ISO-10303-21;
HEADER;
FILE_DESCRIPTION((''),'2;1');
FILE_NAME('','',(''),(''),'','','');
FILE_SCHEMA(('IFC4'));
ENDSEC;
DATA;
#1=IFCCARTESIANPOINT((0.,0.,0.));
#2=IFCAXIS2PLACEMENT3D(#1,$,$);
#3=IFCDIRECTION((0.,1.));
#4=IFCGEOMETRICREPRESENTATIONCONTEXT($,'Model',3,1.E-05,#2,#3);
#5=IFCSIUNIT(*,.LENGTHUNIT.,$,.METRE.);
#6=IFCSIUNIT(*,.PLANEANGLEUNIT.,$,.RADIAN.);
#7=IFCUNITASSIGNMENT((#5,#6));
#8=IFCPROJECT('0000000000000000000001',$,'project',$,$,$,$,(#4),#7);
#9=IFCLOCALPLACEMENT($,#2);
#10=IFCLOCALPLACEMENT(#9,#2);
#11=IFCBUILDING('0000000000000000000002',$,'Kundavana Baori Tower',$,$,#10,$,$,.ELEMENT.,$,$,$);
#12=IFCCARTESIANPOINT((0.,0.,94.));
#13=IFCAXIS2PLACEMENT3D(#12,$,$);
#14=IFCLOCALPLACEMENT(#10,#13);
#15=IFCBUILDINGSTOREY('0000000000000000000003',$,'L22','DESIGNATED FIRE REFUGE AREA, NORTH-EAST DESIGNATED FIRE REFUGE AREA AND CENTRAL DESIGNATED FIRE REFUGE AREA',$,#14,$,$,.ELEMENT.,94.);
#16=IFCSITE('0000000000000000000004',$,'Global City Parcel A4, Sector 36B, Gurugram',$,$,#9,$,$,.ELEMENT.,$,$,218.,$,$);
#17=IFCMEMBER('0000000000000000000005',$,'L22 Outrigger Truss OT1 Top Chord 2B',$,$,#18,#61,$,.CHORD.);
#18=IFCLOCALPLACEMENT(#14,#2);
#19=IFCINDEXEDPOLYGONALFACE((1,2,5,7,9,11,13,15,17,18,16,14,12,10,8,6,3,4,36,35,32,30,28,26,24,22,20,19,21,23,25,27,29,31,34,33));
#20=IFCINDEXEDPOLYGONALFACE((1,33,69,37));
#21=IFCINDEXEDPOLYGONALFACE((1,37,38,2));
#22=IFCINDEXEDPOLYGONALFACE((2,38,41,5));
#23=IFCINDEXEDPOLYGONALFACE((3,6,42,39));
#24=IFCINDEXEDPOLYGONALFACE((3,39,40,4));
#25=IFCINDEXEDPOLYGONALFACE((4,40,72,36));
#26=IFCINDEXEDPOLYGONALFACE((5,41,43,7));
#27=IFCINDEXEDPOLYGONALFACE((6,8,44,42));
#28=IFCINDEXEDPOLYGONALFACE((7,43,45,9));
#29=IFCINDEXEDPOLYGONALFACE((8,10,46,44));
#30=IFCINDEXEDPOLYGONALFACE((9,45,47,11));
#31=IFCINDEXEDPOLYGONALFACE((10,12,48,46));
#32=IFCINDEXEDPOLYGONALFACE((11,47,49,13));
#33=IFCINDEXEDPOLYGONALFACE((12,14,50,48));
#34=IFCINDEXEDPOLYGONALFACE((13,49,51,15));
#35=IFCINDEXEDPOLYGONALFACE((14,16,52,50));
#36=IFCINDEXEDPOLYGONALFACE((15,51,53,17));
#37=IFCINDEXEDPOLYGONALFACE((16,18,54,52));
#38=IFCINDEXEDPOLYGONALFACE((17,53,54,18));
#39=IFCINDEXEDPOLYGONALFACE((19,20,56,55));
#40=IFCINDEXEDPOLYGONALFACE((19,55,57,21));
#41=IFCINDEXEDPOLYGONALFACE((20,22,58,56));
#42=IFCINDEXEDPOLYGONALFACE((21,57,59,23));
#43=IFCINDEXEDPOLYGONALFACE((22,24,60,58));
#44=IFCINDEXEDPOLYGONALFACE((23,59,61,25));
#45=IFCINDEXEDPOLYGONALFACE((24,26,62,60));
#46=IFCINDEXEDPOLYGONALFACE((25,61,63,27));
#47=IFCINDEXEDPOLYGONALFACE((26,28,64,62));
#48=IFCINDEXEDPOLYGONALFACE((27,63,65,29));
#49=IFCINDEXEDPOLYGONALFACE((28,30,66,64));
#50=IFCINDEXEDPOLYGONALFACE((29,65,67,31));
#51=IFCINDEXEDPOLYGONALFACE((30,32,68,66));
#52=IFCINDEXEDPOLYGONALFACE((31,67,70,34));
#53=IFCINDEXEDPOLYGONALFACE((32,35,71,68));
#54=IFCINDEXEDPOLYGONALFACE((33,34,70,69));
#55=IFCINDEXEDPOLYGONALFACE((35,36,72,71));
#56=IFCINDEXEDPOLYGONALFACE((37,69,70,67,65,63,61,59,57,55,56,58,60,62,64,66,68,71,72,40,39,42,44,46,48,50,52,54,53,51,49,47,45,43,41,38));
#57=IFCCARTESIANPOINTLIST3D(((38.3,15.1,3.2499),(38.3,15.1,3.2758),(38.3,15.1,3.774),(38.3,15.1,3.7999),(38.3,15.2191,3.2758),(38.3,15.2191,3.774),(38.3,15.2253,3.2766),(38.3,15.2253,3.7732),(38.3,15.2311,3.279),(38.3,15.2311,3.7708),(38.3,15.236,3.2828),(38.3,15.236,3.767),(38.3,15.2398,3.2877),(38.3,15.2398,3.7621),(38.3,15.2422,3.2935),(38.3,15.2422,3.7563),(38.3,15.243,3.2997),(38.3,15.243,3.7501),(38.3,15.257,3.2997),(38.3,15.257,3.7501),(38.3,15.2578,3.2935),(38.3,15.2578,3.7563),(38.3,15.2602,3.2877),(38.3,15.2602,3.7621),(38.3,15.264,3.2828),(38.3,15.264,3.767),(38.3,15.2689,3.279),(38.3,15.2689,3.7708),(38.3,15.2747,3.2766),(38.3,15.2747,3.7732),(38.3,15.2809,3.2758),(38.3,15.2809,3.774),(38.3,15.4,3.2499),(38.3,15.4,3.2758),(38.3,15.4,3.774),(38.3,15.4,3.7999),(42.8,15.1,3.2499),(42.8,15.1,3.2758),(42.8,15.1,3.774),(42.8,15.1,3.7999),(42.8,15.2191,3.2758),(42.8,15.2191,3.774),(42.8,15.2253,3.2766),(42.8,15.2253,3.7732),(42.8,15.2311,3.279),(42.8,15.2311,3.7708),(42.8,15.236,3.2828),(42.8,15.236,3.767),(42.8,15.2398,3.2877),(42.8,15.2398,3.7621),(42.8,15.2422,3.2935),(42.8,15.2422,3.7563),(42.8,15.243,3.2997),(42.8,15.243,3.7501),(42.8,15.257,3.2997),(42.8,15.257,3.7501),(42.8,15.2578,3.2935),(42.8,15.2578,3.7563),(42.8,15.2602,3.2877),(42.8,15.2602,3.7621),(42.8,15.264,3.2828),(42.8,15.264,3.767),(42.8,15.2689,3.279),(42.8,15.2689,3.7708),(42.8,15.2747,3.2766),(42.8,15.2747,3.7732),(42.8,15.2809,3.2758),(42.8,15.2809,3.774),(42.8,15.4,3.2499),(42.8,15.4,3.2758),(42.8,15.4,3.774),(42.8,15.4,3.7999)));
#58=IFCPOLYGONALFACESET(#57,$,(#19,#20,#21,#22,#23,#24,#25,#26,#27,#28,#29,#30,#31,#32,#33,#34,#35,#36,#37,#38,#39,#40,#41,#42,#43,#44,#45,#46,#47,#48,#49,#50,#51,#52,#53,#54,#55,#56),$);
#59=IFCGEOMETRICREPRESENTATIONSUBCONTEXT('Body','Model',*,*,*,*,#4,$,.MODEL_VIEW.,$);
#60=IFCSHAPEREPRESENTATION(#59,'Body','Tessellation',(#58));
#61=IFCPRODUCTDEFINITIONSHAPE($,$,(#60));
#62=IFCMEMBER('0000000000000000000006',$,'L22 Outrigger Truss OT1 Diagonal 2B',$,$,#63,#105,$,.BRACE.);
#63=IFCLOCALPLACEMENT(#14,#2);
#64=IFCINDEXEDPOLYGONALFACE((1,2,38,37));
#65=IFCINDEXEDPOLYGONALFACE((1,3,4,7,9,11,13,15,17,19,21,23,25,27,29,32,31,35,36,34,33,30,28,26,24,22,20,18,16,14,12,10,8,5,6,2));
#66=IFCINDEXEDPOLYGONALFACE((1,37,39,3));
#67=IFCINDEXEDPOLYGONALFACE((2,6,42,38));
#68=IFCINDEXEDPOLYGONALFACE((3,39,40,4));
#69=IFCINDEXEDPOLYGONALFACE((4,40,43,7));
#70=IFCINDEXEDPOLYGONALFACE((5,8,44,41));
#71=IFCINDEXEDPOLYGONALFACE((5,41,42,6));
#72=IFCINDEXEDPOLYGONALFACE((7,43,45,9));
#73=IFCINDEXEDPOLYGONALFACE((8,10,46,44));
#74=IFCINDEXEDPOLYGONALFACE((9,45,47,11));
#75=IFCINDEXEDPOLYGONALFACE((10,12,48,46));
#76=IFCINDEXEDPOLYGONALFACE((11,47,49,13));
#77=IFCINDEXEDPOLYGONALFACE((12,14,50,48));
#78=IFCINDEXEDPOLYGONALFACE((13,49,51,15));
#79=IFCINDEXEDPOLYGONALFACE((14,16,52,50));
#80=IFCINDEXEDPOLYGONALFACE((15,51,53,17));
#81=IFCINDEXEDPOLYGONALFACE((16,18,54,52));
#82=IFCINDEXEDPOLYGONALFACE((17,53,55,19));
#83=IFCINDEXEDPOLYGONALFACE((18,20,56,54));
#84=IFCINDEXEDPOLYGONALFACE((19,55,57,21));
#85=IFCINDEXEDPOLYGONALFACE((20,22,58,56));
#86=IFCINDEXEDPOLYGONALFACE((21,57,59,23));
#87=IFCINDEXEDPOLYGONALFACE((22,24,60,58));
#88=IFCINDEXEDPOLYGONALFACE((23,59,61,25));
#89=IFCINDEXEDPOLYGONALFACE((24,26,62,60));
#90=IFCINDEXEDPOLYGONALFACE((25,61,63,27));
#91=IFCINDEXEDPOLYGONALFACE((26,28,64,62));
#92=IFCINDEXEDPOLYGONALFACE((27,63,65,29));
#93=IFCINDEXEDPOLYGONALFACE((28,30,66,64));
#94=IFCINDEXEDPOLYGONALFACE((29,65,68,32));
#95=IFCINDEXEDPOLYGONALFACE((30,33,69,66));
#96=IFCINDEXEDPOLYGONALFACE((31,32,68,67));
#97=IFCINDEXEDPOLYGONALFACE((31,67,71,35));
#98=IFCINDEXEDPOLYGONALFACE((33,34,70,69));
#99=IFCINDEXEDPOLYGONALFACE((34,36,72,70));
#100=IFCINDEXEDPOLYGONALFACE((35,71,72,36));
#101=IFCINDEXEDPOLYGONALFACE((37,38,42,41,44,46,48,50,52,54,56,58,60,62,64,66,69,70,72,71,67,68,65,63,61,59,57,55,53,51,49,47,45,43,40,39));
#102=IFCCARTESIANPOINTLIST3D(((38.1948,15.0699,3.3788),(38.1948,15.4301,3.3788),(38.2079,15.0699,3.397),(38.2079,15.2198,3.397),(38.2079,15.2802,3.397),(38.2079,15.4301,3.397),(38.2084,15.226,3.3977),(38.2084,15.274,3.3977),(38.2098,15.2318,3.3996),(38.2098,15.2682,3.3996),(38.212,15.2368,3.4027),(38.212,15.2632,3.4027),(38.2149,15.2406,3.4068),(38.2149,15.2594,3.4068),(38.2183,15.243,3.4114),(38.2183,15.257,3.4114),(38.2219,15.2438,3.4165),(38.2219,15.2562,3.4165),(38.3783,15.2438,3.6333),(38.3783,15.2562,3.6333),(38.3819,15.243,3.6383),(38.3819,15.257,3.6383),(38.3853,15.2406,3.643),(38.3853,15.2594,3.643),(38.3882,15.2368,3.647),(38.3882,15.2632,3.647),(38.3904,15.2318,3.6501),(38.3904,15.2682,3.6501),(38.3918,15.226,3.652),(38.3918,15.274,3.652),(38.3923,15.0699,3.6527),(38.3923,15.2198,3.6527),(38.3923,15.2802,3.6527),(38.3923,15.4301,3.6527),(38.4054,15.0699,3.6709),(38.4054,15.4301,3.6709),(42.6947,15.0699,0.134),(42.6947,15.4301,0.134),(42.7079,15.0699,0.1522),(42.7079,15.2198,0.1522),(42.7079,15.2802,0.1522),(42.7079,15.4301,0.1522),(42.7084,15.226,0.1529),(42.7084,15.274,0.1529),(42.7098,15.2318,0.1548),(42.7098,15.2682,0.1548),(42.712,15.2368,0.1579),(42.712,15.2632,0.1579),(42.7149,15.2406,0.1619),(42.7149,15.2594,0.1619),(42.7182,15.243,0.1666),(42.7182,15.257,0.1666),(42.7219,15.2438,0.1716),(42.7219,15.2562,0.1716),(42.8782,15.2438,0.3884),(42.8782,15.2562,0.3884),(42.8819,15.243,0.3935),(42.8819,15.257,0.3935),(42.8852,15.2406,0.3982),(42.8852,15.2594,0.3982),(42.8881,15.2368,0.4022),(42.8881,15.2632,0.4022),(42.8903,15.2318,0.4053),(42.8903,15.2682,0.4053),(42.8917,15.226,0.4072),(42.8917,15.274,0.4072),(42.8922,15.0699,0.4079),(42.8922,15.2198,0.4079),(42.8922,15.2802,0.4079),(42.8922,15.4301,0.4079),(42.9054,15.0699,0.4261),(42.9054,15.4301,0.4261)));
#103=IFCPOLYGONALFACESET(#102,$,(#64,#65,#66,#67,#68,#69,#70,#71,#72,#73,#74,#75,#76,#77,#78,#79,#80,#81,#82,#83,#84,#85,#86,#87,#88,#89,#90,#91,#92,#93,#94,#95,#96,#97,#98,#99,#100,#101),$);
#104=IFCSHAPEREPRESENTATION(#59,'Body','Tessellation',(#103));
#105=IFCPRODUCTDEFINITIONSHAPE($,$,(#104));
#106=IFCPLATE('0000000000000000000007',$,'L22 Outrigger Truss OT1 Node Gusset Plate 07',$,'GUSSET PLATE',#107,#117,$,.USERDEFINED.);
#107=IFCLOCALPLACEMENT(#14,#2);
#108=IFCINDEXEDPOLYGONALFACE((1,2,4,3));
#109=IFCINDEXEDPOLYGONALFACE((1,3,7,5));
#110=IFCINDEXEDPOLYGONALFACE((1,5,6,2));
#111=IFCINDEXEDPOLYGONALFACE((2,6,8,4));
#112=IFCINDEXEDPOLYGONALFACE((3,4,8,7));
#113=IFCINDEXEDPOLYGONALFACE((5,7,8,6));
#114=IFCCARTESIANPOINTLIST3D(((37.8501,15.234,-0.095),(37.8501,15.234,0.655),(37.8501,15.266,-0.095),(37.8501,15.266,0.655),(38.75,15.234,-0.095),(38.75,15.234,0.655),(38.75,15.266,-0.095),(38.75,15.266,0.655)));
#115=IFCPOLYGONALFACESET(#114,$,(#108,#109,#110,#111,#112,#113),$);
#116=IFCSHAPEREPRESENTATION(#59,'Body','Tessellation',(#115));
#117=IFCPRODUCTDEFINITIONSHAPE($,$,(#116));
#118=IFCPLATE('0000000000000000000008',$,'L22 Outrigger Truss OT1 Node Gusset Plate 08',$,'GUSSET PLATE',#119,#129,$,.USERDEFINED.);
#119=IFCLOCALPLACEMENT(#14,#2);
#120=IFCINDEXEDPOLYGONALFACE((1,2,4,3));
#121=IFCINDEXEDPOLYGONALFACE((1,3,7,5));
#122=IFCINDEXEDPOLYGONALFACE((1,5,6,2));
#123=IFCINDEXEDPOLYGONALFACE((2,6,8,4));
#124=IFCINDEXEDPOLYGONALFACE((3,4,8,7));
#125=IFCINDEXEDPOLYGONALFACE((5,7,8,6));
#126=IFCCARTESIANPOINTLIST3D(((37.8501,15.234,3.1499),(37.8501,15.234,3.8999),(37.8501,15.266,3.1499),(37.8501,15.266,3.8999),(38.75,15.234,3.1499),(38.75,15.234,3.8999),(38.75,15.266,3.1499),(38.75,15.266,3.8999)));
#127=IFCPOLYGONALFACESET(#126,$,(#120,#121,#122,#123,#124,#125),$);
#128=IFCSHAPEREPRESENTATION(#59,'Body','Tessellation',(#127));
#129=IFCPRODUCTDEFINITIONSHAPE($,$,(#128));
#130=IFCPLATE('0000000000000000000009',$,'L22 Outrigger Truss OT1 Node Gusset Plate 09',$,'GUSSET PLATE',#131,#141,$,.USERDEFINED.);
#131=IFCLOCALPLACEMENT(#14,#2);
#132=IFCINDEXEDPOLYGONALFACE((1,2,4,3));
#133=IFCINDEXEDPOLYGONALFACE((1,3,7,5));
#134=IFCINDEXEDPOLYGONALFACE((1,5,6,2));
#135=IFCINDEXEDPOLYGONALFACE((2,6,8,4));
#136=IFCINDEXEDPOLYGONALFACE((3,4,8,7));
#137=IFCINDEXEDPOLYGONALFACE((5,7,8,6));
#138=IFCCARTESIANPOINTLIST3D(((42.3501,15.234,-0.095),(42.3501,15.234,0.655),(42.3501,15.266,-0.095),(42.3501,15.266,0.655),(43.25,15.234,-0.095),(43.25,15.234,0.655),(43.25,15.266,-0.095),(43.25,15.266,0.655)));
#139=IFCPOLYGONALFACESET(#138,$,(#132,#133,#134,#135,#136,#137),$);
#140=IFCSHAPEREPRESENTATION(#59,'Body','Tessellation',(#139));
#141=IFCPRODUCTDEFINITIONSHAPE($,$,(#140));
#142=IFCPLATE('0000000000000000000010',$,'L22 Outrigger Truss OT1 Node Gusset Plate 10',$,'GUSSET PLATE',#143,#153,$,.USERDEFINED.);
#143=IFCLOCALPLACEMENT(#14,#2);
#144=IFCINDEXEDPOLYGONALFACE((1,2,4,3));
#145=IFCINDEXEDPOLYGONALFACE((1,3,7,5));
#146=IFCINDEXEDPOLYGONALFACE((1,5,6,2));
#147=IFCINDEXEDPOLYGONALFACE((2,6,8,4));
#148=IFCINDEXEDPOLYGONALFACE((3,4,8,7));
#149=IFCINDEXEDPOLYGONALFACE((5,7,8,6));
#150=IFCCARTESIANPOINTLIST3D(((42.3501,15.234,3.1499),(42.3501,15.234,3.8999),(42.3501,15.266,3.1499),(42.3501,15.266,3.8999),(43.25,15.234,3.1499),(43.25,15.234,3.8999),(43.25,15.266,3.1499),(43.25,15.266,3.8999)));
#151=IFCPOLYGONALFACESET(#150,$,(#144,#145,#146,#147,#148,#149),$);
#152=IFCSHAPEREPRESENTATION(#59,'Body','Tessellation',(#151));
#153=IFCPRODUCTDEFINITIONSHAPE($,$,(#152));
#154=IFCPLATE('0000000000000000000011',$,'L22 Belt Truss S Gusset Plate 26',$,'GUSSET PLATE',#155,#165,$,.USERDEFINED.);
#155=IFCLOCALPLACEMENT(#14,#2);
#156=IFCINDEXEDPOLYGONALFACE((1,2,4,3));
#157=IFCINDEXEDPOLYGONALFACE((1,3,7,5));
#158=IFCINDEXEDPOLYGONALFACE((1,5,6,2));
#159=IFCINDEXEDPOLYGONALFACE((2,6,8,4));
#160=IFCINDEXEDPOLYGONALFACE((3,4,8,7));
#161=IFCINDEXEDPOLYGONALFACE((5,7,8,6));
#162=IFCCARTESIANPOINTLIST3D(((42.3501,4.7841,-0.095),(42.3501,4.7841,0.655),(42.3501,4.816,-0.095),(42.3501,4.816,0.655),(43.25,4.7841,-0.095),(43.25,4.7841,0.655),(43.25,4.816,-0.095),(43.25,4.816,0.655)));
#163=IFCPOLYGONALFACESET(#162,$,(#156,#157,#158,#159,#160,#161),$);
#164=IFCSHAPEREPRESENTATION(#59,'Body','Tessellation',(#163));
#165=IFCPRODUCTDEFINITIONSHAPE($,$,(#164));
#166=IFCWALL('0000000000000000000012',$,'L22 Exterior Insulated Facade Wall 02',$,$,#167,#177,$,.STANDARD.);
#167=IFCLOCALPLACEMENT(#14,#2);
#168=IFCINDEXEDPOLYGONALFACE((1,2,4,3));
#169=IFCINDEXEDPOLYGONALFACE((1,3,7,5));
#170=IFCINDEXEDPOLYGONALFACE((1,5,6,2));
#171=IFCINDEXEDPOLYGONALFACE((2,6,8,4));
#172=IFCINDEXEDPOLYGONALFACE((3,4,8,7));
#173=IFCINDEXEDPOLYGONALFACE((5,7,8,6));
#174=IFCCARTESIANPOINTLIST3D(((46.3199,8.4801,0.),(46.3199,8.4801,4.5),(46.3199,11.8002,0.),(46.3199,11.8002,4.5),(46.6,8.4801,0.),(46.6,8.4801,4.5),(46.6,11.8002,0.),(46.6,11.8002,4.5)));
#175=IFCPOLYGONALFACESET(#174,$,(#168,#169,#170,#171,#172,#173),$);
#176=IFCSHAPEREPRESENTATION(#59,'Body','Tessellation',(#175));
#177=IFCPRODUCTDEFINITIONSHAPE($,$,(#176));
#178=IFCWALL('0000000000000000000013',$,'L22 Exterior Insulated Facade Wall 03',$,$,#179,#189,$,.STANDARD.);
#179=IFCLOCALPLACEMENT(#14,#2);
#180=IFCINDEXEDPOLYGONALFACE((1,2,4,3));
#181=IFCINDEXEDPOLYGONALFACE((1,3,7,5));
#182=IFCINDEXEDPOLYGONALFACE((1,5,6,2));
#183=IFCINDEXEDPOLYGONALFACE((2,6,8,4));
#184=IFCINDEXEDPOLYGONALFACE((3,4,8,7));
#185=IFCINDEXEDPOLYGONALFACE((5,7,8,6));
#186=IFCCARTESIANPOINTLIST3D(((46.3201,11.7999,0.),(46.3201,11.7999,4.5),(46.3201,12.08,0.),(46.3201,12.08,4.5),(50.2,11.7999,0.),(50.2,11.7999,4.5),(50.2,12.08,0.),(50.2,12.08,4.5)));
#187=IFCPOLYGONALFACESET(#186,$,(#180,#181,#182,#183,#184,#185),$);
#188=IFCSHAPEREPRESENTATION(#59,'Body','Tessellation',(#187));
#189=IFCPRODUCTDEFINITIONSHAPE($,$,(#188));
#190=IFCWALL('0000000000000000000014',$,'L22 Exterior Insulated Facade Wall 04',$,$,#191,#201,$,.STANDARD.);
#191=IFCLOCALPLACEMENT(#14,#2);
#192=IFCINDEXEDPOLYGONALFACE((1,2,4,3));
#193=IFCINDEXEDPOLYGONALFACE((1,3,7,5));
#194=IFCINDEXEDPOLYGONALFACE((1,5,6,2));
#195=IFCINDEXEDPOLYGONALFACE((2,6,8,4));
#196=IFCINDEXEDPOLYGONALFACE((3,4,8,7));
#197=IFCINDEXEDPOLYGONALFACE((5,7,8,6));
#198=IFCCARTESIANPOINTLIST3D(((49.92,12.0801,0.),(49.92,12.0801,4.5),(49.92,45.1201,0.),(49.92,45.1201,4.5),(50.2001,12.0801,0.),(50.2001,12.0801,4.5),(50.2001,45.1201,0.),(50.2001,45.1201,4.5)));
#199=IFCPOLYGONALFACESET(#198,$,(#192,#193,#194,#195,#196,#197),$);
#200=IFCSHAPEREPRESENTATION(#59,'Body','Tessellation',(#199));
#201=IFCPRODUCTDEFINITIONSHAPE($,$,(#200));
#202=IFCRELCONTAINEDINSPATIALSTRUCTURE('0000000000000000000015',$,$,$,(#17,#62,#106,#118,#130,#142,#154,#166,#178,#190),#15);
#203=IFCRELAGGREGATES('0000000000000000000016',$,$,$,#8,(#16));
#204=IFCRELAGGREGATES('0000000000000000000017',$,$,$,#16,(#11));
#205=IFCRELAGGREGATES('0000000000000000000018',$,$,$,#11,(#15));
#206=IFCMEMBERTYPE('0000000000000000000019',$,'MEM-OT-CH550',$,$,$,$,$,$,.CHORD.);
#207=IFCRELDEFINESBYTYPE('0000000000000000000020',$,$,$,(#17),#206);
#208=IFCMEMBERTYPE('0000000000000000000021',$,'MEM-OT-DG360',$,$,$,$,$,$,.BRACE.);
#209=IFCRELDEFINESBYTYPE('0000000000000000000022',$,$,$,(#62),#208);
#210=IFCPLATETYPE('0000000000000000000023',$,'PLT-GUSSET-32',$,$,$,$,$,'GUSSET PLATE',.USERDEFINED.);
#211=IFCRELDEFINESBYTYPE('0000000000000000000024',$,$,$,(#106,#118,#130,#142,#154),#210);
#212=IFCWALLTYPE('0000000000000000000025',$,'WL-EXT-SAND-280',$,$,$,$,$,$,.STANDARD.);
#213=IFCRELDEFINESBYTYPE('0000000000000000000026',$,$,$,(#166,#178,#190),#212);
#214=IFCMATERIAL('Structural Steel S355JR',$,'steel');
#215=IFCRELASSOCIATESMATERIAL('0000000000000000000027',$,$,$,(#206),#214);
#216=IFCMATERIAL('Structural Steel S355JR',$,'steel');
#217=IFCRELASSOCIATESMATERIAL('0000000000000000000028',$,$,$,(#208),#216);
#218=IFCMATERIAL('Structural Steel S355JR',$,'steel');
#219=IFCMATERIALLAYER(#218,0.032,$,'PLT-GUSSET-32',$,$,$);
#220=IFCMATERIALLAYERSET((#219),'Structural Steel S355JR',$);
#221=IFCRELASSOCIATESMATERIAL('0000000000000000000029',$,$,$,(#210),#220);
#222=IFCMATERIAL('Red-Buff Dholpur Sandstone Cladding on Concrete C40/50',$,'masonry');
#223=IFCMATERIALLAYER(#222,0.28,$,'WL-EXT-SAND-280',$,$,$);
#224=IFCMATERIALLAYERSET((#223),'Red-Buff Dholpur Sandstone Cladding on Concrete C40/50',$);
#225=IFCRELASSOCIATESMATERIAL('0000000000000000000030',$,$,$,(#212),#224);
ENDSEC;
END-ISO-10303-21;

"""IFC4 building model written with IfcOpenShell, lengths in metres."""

from ifc_helpers import new_model, si_unit, direction, frame, frame_2d, origin, origin_2d, place, context, subcontext, project, spatial, rectangle, i_section, extrude, material, layer, layer_set, material_profile, profile_set, type_object, element, save


model = new_model("IFC4")

# Units and contexts
model_context = context("Model", 3, precision=1e-05, world=origin(), true_north=direction((0.0, 1.0)))
body_context = subcontext(model_context, "Body", "Model", "MODEL_VIEW")
ifc_project = project(units=[si_unit("LENGTHUNIT", "METRE"), si_unit("PLANEANGLEUNIT", "RADIAN")], contexts=[model_context])

# Site, building, storey
site_placement = place(None, origin())
site = spatial("IfcSite", under=ifc_project, at=site_placement, Name="Global City Parcel A4, Sector 36B, Gurugram", CompositionType="ELEMENT", RefElevation=218.0)
building_placement = place(site_placement, origin())
building = spatial("IfcBuilding", under=site, at=building_placement, Name="Kundavana Baori Tower", CompositionType="ELEMENT")
storey_placement = place(building_placement, frame((0.0, 0.0, 94.0)))
storey = spatial("IfcBuildingStorey", under=building, at=storey_placement, Name="L22", Description="DESIGNATED FIRE REFUGE AREA, NORTH-EAST DESIGNATED FIRE REFUGE AREA AND CENTRAL DESIGNATED FIRE REFUGE AREA", CompositionType="ELEMENT", Elevation=94.0)

# Members
ifc_material_1 = material(Name="Structural Steel S355JR", Category="steel")
ifc_material_profile_1 = material_profile(ifc_material_1, i_section(OverallWidth=0.3, OverallDepth=0.55, WebThickness=0.0139, FlangeThickness=0.0259, FilletRadius=0.0239, at=origin_2d()), Name="WPB 550x300x166")
ifc_profile_set_1 = profile_set([ifc_material_profile_1], Name="Structural Steel S355JR")
member_type_1 = type_object("IfcMemberType", Name="MEM-OT-CH550", PredefinedType="CHORD", material=ifc_profile_set_1)
member_1_placement = place(storey_placement, frame((38.3, 15.25, 3.5249), z_axis=(1.0, 0.0, 0.0), x_axis=(0.0, 1.0, 0.0)))
element("IfcMember", 1, at=member_1_placement, inside=storey, type_object=member_type_1, Name="L22 Outrigger Truss OT1 Top Chord 2B", PredefinedType="CHORD", context=body_context, shape_type="SweptSolid", body=[
    extrude(i_section(OverallWidth=0.3, OverallDepth=0.55, WebThickness=0.0139, FlangeThickness=0.0259, FilletRadius=0.0239, at=origin_2d()), origin(), (0.0, 0.0, 1.0), 4.5),
])
ifc_material_2 = material(Name="Structural Steel S355JR", Category="steel")
ifc_material_profile_2 = material_profile(ifc_material_2, i_section(OverallWidth=0.3601, OverallDepth=0.3601, WebThickness=0.0125, FlangeThickness=0.0225, FilletRadius=0.0239, at=origin_2d()), Name="WPB 360x360x142")
ifc_profile_set_2 = profile_set([ifc_material_profile_2], Name="Structural Steel S355JR")
member_type_2 = type_object("IfcMemberType", Name="MEM-OT-DG360", PredefinedType="BRACE", material=ifc_profile_set_2)
member_2_placement = place(storey_placement, frame((42.8, 15.25, 0.28), z_axis=(-0.811118, 0.0, 0.584883), x_axis=(0.0, -1.0, 0.0)))
element("IfcMember", 2, at=member_2_placement, inside=storey, type_object=member_type_2, Name="L22 Outrigger Truss OT1 Diagonal 2B", PredefinedType="BRACE", context=body_context, shape_type="SweptSolid", body=[
    extrude(i_section(OverallWidth=0.3601, OverallDepth=0.3601, WebThickness=0.0125, FlangeThickness=0.0225, FilletRadius=0.0239, at=origin_2d()), origin(), (0.0, 0.0, 1.0), 5.5479),
])

# Plates
ifc_material_3 = material(Name="Structural Steel S355JR", Category="steel")
ifc_layer_1 = layer(ifc_material_3, 0.032, Name="PLT-GUSSET-32")
ifc_layer_set_1 = layer_set([ifc_layer_1], Name="Structural Steel S355JR")
plate_type = type_object("IfcPlateType", Name="PLT-GUSSET-32", ElementType="GUSSET PLATE", PredefinedType="USERDEFINED", material=ifc_layer_set_1)
for number, where, z_axis, x_axis, name in (
    (3, (38.3, 15.25, -0.095), (0.0, 0.0, 1.0), (1.0, 0.0, 0.0), "L22 Outrigger Truss OT1 Node Gusset Plate 07"),
    (4, (38.3, 15.25, 3.1499), (0.0, 0.0, 1.0), (1.0, 0.0, 0.0), "L22 Outrigger Truss OT1 Node Gusset Plate 08"),
    (5, (42.8, 15.25, -0.095), (0.0, 0.0, 1.0), (1.0, 0.0, 0.0), "L22 Outrigger Truss OT1 Node Gusset Plate 09"),
    (6, (42.8, 15.25, 3.1499), (0.0, 0.0, 1.0), (1.0, 0.0, 0.0), "L22 Outrigger Truss OT1 Node Gusset Plate 10"),
    (7, (42.8, 4.8, -0.095), (0.0, 0.0, 1.0), (1.0, 0.0, 0.0), "L22 Belt Truss S Gusset Plate 26"),
):
    element("IfcPlate", number, at=place(storey_placement, frame(where, z_axis=z_axis, x_axis=x_axis)), inside=storey, type_object=plate_type, Name=name, ObjectType="GUSSET PLATE", PredefinedType="USERDEFINED", context=body_context, shape_type="SweptSolid", body=[
        extrude(rectangle(XDim=0.8999, YDim=0.032, at=origin_2d()), origin(), (0.0, 0.0, 1.0), 0.75),
    ])

# Walls
ifc_material_4 = material(Name="Red-Buff Dholpur Sandstone Cladding on Concrete C40/50", Category="masonry")
ifc_layer_2 = layer(ifc_material_4, 0.28, Name="WL-EXT-SAND-280")
ifc_layer_set_2 = layer_set([ifc_layer_2], Name="Red-Buff Dholpur Sandstone Cladding on Concrete C40/50")
wall_type = type_object("IfcWallType", Name="WL-EXT-SAND-280", PredefinedType="STANDARD", material=ifc_layer_set_2)
wall_1_placement = place(storey_placement, frame((46.46, 8.48, 0.0), z_axis=(0.0, 0.0, 1.0), x_axis=(0.0, 1.0, 0.0)))
element("IfcWall", 8, at=wall_1_placement, inside=storey, type_object=wall_type, Name="L22 Exterior Insulated Facade Wall 02", PredefinedType="STANDARD", context=body_context, shape_type="SweptSolid", body=[
    extrude(rectangle(XDim=3.3201, YDim=0.28, at=frame_2d((1.6602, 0.0))), origin(), (0.0, 0.0, 1.0), 4.5),
])
wall_2_placement = place(storey_placement, frame((46.3201, 11.9399, 0.0), z_axis=(0.0, 0.0, 1.0), x_axis=(1.0, 0.0, 0.0)))
element("IfcWall", 9, at=wall_2_placement, inside=storey, type_object=wall_type, Name="L22 Exterior Insulated Facade Wall 03", PredefinedType="STANDARD", context=body_context, shape_type="SweptSolid", body=[
    extrude(rectangle(XDim=3.8799, YDim=0.28, at=frame_2d((1.9399, 0.0))), origin(), (0.0, 0.0, 1.0), 4.5),
])
wall_3_placement = place(storey_placement, frame((50.0601, 12.0801, 0.0), z_axis=(0.0, 0.0, 1.0), x_axis=(0.0, 1.0, 0.0)))
element("IfcWall", 10, at=wall_3_placement, inside=storey, type_object=wall_type, Name="L22 Exterior Insulated Facade Wall 04", PredefinedType="STANDARD", context=body_context, shape_type="SweptSolid", body=[
    extrude(rectangle(XDim=33.04, YDim=0.28, at=frame_2d((16.52, 0.0))), origin(), (0.0, 0.0, 1.0), 4.5),
])

save(model, "model.ifc")
